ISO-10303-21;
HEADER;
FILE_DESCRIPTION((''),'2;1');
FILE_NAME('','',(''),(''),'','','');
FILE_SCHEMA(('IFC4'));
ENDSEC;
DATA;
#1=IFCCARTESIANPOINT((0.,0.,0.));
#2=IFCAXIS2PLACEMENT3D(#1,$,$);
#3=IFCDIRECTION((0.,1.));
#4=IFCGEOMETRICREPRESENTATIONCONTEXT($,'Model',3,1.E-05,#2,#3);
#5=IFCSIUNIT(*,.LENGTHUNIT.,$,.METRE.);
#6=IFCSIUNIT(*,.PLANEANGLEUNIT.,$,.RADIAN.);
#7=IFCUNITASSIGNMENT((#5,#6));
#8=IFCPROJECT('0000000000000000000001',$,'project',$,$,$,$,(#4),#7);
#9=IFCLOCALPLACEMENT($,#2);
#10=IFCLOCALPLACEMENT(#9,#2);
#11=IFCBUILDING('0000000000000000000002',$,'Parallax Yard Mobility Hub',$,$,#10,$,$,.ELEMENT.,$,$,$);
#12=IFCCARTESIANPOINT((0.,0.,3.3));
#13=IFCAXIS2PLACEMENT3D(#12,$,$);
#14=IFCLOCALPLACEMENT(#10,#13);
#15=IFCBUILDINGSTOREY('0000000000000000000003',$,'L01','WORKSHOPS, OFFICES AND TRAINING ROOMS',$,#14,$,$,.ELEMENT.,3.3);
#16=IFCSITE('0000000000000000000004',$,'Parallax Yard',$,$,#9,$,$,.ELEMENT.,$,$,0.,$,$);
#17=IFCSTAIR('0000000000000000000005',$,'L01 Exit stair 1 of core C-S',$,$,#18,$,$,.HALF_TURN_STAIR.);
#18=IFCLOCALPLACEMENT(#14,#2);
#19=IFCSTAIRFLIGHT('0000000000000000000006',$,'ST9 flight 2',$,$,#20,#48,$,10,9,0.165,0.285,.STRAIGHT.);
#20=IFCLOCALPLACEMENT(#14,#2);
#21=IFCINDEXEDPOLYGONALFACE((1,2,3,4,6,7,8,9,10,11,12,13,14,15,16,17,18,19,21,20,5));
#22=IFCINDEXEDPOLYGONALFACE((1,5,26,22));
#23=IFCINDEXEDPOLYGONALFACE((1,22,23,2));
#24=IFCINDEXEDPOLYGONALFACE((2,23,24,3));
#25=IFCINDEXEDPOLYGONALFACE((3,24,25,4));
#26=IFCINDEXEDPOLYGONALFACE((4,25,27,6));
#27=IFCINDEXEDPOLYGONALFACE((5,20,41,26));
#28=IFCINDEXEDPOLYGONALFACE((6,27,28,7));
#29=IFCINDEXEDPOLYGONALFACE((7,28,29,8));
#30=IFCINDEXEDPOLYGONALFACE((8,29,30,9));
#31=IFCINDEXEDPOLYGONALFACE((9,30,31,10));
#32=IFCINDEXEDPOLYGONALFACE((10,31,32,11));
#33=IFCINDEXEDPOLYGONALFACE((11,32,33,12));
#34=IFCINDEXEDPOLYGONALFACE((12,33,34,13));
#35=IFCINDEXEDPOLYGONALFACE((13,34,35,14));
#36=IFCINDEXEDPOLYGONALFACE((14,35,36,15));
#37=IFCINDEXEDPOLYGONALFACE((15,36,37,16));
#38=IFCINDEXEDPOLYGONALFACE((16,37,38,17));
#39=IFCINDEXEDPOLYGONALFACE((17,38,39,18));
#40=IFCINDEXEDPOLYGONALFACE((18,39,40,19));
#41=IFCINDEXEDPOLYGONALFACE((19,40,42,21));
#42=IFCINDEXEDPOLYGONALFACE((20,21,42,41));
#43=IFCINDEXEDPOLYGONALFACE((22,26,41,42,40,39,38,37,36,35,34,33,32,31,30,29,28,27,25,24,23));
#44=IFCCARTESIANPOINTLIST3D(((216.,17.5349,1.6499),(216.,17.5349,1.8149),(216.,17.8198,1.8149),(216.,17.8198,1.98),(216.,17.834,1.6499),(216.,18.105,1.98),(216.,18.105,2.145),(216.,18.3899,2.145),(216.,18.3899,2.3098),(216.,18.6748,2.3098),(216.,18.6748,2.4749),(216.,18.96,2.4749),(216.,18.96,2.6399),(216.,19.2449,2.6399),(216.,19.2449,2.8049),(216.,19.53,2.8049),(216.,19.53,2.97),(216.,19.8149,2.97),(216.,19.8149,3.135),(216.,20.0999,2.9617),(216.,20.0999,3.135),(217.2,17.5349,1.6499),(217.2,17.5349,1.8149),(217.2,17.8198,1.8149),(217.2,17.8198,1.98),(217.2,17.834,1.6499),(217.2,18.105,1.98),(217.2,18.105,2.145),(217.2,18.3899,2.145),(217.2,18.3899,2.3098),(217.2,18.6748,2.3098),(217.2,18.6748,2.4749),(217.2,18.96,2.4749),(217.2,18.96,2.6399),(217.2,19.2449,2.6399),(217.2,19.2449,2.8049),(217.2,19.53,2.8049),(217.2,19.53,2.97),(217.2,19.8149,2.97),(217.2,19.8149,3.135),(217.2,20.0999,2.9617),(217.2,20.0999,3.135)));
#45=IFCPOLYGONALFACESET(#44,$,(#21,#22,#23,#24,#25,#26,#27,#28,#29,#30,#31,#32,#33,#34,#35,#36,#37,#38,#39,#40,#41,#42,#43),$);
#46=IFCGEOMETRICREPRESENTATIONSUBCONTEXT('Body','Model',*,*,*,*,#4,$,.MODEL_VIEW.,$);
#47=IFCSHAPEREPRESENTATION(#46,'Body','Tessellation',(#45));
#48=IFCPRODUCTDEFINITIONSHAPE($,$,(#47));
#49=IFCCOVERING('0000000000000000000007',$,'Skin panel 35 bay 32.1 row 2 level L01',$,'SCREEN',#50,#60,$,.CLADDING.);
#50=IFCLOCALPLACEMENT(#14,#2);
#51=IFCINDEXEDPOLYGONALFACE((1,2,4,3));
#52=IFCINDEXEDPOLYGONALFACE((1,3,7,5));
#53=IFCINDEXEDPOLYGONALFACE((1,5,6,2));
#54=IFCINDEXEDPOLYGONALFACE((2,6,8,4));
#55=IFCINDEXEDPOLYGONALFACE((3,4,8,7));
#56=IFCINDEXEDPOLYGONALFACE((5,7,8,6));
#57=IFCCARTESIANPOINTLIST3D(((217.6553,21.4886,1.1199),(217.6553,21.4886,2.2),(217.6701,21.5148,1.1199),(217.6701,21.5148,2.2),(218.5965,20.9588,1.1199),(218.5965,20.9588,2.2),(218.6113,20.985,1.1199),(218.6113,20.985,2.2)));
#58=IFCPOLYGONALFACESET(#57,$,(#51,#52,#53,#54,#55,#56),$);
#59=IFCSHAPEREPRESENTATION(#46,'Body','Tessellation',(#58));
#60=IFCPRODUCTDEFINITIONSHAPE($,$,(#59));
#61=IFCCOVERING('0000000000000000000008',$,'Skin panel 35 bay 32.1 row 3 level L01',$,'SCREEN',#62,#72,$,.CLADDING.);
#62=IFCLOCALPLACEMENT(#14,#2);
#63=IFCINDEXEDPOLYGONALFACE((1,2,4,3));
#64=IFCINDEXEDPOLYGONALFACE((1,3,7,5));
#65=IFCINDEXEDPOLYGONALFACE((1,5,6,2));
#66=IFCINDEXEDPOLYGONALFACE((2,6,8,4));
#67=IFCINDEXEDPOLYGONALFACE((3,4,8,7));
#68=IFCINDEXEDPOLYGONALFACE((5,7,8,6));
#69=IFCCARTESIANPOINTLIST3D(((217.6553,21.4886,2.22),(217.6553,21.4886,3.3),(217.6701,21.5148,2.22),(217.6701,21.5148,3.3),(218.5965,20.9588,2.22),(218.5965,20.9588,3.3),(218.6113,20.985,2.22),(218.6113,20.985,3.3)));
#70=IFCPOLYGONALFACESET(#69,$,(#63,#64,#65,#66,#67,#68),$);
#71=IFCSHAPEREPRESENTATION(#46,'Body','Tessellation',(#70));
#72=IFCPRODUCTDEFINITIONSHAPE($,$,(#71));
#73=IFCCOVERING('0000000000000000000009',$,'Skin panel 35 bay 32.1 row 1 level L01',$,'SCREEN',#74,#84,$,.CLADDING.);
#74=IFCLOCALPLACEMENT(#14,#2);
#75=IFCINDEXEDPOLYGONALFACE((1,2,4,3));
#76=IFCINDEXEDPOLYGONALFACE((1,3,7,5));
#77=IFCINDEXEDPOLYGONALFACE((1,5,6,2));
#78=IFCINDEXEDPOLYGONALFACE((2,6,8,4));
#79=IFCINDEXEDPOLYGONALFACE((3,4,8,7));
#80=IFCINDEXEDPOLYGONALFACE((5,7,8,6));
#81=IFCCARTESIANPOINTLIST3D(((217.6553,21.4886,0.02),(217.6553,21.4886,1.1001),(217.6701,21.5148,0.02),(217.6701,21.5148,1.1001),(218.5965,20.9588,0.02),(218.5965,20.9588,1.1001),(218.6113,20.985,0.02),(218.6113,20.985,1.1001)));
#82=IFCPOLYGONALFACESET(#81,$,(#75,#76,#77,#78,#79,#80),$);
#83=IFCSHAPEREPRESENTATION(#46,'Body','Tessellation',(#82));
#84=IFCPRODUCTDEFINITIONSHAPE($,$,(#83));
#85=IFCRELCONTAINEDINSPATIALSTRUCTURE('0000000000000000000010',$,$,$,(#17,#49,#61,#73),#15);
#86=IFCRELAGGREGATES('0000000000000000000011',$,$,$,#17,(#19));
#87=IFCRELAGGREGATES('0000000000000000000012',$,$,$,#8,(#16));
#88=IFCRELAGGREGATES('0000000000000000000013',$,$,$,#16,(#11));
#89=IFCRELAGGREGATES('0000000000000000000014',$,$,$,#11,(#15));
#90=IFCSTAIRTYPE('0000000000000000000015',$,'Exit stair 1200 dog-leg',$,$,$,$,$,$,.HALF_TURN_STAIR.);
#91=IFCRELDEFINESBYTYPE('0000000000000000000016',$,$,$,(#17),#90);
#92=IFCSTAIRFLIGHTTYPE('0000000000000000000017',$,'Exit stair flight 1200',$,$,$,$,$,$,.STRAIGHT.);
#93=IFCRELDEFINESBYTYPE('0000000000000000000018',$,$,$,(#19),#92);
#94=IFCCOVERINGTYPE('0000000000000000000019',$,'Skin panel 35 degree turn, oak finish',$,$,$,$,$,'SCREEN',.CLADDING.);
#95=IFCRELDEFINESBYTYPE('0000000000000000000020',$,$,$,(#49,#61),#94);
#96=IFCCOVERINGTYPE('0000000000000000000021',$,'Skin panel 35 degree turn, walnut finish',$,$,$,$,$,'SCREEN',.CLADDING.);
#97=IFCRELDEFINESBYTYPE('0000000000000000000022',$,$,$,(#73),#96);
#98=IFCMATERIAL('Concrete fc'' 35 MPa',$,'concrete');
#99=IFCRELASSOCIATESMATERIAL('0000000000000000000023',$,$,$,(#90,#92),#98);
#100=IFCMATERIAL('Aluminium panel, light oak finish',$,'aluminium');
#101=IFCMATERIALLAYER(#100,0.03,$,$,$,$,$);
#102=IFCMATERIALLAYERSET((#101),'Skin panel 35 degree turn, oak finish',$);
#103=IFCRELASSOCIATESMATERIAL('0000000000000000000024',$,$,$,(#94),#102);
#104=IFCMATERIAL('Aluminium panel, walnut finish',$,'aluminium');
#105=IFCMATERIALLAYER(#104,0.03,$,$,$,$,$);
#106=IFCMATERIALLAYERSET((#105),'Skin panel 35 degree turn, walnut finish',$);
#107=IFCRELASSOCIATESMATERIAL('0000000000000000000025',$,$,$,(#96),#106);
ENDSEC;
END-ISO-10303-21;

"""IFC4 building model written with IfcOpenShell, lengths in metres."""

from ifc_helpers import new_model, si_unit, direction, frame, origin, origin_2d, place, context, subcontext, project, spatial, polyline, rectangle, outline, extrude, material, layer, layer_set, type_object, element, aggregate, save


model = new_model("IFC4")

# Units and contexts
model_context = context("Model", 3, precision=1e-05, world=origin(), true_north=direction((0.0, 1.0)))
body_context = subcontext(model_context, "Body", "Model", "MODEL_VIEW")
ifc_project = project(units=[si_unit("LENGTHUNIT", "METRE"), si_unit("PLANEANGLEUNIT", "RADIAN")], contexts=[model_context])

# Site, building, storey
site_placement = place(None, origin())
site = spatial("IfcSite", under=ifc_project, at=site_placement, Name="Parallax Yard", CompositionType="ELEMENT", RefElevation=0.0)
building_placement = place(site_placement, origin())
building = spatial("IfcBuilding", under=site, at=building_placement, Name="Parallax Yard Mobility Hub", CompositionType="ELEMENT")
storey_placement = place(building_placement, frame((0.0, 0.0, 3.3)))
storey = spatial("IfcBuildingStorey", under=building, at=storey_placement, Name="L01", Description="WORKSHOPS, OFFICES AND TRAINING ROOMS", CompositionType="ELEMENT", Elevation=3.3)

# Shared definitions
ifc_material_1 = material(Name="Concrete fc' 35 MPa", Category="concrete")

# Stair, stair flight
stair_type = type_object("IfcStairType", Name="Exit stair 1200 dog-leg", PredefinedType="HALF_TURN_STAIR", material=ifc_material_1)
stair_placement = place(storey_placement, origin())
stair = element("IfcStair", 1, at=stair_placement, inside=storey, type_object=stair_type, Name="L01 Exit stair 1 of core C-S", PredefinedType="HALF_TURN_STAIR")
stair_flight_type = type_object("IfcStairFlightType", Name="Exit stair flight 1200", PredefinedType="STRAIGHT", material=ifc_material_1)
stair_flight_1_placement = place(storey_placement, frame((216.6001, 17.5349, 1.6499), z_axis=(0.0, 0.0, 1.0), x_axis=(0.0, 1.0, 0.0)))
stair_flight_1 = element("IfcStairFlight", 2, at=stair_flight_1_placement, type_object=stair_flight_type, Name="ST9 flight 2", NumberOfRisers=10, NumberOfTreads=9, PredefinedType="STRAIGHT", RiserHeight=0.165, TreadLength=0.285, context=body_context, shape_type="SweptSolid", body=[
    extrude(outline(polyline([(0.0, 0.0), (0.0, 0.165), (0.2849, 0.165), (0.2849, 0.3301), (0.5701, 0.3301), (0.5701, 0.4951), (0.855, 0.4951), (0.855, 0.6599), (1.1399, 0.6599), (1.1399, 0.825), (1.425, 0.825), (1.425, 0.99), (1.71, 0.99), (1.71, 1.155), (1.9951, 1.155), (1.9951, 1.3201), (2.28, 1.3201), (2.28, 1.4851), (2.5649, 1.4851), (2.5649, 1.6499), (2.5649, 1.3118), (0.2991, 0.0), (0.0, 0.0)])), frame((0.0, 0.6001, 0.0), z_axis=(0.0, -1.0, 0.0), x_axis=(1.0, 0.0, 0.0)), (0.0, 0.0, 1.0), 1.2),
])
aggregate(stair, [stair_flight_1])

# Coverings
ifc_material_2 = material(Name="Aluminium panel, light oak finish", Category="aluminium")
ifc_layer_1 = layer(ifc_material_2, 0.03)
ifc_layer_set_1 = layer_set([ifc_layer_1], Name="Skin panel 35 degree turn, oak finish")
covering_type_1 = type_object("IfcCoveringType", Name="Skin panel 35 degree turn, oak finish", ElementType="SCREEN", PredefinedType="CLADDING", material=ifc_layer_set_1)
for number, where, z_axis, x_axis, name in (
    (3, (218.1333, 21.2368, 1.1199), (0.0, 0.0, 1.0), (0.871428, -0.490524, 0.0), "Skin panel 35 bay 32.1 row 2 level L01"),
    (4, (218.1333, 21.2368, 2.22), (0.0, 0.0, 1.0), (0.871428, -0.490524, 0.0), "Skin panel 35 bay 32.1 row 3 level L01"),
):
    element("IfcCovering", number, at=place(storey_placement, frame(where, z_axis=z_axis, x_axis=x_axis)), inside=storey, type_object=covering_type_1, Name=name, ObjectType="SCREEN", PredefinedType="CLADDING", context=body_context, shape_type="SweptSolid", body=[
        extrude(rectangle(XDim=1.0801, YDim=0.03, at=origin_2d()), origin(), (0.0, 0.0, 1.0), 1.0801),
    ])
ifc_material_3 = material(Name="Aluminium panel, walnut finish", Category="aluminium")
ifc_layer_2 = layer(ifc_material_3, 0.03)
ifc_layer_set_2 = layer_set([ifc_layer_2], Name="Skin panel 35 degree turn, walnut finish")
covering_type_2 = type_object("IfcCoveringType", Name="Skin panel 35 degree turn, walnut finish", ElementType="SCREEN", PredefinedType="CLADDING", material=ifc_layer_set_2)
covering_placement = place(storey_placement, frame((218.1333, 21.2368, 0.02), z_axis=(0.0, 0.0, 1.0), x_axis=(0.871428, -0.490524, 0.0)))
element("IfcCovering", 5, at=covering_placement, inside=storey, type_object=covering_type_2, Name="Skin panel 35 bay 32.1 row 1 level L01", ObjectType="SCREEN", PredefinedType="CLADDING", context=body_context, shape_type="SweptSolid", body=[
    extrude(rectangle(XDim=1.0801, YDim=0.03, at=origin_2d()), origin(), (0.0, 0.0, 1.0), 1.0801),
])

save(model, "model.ifc")
